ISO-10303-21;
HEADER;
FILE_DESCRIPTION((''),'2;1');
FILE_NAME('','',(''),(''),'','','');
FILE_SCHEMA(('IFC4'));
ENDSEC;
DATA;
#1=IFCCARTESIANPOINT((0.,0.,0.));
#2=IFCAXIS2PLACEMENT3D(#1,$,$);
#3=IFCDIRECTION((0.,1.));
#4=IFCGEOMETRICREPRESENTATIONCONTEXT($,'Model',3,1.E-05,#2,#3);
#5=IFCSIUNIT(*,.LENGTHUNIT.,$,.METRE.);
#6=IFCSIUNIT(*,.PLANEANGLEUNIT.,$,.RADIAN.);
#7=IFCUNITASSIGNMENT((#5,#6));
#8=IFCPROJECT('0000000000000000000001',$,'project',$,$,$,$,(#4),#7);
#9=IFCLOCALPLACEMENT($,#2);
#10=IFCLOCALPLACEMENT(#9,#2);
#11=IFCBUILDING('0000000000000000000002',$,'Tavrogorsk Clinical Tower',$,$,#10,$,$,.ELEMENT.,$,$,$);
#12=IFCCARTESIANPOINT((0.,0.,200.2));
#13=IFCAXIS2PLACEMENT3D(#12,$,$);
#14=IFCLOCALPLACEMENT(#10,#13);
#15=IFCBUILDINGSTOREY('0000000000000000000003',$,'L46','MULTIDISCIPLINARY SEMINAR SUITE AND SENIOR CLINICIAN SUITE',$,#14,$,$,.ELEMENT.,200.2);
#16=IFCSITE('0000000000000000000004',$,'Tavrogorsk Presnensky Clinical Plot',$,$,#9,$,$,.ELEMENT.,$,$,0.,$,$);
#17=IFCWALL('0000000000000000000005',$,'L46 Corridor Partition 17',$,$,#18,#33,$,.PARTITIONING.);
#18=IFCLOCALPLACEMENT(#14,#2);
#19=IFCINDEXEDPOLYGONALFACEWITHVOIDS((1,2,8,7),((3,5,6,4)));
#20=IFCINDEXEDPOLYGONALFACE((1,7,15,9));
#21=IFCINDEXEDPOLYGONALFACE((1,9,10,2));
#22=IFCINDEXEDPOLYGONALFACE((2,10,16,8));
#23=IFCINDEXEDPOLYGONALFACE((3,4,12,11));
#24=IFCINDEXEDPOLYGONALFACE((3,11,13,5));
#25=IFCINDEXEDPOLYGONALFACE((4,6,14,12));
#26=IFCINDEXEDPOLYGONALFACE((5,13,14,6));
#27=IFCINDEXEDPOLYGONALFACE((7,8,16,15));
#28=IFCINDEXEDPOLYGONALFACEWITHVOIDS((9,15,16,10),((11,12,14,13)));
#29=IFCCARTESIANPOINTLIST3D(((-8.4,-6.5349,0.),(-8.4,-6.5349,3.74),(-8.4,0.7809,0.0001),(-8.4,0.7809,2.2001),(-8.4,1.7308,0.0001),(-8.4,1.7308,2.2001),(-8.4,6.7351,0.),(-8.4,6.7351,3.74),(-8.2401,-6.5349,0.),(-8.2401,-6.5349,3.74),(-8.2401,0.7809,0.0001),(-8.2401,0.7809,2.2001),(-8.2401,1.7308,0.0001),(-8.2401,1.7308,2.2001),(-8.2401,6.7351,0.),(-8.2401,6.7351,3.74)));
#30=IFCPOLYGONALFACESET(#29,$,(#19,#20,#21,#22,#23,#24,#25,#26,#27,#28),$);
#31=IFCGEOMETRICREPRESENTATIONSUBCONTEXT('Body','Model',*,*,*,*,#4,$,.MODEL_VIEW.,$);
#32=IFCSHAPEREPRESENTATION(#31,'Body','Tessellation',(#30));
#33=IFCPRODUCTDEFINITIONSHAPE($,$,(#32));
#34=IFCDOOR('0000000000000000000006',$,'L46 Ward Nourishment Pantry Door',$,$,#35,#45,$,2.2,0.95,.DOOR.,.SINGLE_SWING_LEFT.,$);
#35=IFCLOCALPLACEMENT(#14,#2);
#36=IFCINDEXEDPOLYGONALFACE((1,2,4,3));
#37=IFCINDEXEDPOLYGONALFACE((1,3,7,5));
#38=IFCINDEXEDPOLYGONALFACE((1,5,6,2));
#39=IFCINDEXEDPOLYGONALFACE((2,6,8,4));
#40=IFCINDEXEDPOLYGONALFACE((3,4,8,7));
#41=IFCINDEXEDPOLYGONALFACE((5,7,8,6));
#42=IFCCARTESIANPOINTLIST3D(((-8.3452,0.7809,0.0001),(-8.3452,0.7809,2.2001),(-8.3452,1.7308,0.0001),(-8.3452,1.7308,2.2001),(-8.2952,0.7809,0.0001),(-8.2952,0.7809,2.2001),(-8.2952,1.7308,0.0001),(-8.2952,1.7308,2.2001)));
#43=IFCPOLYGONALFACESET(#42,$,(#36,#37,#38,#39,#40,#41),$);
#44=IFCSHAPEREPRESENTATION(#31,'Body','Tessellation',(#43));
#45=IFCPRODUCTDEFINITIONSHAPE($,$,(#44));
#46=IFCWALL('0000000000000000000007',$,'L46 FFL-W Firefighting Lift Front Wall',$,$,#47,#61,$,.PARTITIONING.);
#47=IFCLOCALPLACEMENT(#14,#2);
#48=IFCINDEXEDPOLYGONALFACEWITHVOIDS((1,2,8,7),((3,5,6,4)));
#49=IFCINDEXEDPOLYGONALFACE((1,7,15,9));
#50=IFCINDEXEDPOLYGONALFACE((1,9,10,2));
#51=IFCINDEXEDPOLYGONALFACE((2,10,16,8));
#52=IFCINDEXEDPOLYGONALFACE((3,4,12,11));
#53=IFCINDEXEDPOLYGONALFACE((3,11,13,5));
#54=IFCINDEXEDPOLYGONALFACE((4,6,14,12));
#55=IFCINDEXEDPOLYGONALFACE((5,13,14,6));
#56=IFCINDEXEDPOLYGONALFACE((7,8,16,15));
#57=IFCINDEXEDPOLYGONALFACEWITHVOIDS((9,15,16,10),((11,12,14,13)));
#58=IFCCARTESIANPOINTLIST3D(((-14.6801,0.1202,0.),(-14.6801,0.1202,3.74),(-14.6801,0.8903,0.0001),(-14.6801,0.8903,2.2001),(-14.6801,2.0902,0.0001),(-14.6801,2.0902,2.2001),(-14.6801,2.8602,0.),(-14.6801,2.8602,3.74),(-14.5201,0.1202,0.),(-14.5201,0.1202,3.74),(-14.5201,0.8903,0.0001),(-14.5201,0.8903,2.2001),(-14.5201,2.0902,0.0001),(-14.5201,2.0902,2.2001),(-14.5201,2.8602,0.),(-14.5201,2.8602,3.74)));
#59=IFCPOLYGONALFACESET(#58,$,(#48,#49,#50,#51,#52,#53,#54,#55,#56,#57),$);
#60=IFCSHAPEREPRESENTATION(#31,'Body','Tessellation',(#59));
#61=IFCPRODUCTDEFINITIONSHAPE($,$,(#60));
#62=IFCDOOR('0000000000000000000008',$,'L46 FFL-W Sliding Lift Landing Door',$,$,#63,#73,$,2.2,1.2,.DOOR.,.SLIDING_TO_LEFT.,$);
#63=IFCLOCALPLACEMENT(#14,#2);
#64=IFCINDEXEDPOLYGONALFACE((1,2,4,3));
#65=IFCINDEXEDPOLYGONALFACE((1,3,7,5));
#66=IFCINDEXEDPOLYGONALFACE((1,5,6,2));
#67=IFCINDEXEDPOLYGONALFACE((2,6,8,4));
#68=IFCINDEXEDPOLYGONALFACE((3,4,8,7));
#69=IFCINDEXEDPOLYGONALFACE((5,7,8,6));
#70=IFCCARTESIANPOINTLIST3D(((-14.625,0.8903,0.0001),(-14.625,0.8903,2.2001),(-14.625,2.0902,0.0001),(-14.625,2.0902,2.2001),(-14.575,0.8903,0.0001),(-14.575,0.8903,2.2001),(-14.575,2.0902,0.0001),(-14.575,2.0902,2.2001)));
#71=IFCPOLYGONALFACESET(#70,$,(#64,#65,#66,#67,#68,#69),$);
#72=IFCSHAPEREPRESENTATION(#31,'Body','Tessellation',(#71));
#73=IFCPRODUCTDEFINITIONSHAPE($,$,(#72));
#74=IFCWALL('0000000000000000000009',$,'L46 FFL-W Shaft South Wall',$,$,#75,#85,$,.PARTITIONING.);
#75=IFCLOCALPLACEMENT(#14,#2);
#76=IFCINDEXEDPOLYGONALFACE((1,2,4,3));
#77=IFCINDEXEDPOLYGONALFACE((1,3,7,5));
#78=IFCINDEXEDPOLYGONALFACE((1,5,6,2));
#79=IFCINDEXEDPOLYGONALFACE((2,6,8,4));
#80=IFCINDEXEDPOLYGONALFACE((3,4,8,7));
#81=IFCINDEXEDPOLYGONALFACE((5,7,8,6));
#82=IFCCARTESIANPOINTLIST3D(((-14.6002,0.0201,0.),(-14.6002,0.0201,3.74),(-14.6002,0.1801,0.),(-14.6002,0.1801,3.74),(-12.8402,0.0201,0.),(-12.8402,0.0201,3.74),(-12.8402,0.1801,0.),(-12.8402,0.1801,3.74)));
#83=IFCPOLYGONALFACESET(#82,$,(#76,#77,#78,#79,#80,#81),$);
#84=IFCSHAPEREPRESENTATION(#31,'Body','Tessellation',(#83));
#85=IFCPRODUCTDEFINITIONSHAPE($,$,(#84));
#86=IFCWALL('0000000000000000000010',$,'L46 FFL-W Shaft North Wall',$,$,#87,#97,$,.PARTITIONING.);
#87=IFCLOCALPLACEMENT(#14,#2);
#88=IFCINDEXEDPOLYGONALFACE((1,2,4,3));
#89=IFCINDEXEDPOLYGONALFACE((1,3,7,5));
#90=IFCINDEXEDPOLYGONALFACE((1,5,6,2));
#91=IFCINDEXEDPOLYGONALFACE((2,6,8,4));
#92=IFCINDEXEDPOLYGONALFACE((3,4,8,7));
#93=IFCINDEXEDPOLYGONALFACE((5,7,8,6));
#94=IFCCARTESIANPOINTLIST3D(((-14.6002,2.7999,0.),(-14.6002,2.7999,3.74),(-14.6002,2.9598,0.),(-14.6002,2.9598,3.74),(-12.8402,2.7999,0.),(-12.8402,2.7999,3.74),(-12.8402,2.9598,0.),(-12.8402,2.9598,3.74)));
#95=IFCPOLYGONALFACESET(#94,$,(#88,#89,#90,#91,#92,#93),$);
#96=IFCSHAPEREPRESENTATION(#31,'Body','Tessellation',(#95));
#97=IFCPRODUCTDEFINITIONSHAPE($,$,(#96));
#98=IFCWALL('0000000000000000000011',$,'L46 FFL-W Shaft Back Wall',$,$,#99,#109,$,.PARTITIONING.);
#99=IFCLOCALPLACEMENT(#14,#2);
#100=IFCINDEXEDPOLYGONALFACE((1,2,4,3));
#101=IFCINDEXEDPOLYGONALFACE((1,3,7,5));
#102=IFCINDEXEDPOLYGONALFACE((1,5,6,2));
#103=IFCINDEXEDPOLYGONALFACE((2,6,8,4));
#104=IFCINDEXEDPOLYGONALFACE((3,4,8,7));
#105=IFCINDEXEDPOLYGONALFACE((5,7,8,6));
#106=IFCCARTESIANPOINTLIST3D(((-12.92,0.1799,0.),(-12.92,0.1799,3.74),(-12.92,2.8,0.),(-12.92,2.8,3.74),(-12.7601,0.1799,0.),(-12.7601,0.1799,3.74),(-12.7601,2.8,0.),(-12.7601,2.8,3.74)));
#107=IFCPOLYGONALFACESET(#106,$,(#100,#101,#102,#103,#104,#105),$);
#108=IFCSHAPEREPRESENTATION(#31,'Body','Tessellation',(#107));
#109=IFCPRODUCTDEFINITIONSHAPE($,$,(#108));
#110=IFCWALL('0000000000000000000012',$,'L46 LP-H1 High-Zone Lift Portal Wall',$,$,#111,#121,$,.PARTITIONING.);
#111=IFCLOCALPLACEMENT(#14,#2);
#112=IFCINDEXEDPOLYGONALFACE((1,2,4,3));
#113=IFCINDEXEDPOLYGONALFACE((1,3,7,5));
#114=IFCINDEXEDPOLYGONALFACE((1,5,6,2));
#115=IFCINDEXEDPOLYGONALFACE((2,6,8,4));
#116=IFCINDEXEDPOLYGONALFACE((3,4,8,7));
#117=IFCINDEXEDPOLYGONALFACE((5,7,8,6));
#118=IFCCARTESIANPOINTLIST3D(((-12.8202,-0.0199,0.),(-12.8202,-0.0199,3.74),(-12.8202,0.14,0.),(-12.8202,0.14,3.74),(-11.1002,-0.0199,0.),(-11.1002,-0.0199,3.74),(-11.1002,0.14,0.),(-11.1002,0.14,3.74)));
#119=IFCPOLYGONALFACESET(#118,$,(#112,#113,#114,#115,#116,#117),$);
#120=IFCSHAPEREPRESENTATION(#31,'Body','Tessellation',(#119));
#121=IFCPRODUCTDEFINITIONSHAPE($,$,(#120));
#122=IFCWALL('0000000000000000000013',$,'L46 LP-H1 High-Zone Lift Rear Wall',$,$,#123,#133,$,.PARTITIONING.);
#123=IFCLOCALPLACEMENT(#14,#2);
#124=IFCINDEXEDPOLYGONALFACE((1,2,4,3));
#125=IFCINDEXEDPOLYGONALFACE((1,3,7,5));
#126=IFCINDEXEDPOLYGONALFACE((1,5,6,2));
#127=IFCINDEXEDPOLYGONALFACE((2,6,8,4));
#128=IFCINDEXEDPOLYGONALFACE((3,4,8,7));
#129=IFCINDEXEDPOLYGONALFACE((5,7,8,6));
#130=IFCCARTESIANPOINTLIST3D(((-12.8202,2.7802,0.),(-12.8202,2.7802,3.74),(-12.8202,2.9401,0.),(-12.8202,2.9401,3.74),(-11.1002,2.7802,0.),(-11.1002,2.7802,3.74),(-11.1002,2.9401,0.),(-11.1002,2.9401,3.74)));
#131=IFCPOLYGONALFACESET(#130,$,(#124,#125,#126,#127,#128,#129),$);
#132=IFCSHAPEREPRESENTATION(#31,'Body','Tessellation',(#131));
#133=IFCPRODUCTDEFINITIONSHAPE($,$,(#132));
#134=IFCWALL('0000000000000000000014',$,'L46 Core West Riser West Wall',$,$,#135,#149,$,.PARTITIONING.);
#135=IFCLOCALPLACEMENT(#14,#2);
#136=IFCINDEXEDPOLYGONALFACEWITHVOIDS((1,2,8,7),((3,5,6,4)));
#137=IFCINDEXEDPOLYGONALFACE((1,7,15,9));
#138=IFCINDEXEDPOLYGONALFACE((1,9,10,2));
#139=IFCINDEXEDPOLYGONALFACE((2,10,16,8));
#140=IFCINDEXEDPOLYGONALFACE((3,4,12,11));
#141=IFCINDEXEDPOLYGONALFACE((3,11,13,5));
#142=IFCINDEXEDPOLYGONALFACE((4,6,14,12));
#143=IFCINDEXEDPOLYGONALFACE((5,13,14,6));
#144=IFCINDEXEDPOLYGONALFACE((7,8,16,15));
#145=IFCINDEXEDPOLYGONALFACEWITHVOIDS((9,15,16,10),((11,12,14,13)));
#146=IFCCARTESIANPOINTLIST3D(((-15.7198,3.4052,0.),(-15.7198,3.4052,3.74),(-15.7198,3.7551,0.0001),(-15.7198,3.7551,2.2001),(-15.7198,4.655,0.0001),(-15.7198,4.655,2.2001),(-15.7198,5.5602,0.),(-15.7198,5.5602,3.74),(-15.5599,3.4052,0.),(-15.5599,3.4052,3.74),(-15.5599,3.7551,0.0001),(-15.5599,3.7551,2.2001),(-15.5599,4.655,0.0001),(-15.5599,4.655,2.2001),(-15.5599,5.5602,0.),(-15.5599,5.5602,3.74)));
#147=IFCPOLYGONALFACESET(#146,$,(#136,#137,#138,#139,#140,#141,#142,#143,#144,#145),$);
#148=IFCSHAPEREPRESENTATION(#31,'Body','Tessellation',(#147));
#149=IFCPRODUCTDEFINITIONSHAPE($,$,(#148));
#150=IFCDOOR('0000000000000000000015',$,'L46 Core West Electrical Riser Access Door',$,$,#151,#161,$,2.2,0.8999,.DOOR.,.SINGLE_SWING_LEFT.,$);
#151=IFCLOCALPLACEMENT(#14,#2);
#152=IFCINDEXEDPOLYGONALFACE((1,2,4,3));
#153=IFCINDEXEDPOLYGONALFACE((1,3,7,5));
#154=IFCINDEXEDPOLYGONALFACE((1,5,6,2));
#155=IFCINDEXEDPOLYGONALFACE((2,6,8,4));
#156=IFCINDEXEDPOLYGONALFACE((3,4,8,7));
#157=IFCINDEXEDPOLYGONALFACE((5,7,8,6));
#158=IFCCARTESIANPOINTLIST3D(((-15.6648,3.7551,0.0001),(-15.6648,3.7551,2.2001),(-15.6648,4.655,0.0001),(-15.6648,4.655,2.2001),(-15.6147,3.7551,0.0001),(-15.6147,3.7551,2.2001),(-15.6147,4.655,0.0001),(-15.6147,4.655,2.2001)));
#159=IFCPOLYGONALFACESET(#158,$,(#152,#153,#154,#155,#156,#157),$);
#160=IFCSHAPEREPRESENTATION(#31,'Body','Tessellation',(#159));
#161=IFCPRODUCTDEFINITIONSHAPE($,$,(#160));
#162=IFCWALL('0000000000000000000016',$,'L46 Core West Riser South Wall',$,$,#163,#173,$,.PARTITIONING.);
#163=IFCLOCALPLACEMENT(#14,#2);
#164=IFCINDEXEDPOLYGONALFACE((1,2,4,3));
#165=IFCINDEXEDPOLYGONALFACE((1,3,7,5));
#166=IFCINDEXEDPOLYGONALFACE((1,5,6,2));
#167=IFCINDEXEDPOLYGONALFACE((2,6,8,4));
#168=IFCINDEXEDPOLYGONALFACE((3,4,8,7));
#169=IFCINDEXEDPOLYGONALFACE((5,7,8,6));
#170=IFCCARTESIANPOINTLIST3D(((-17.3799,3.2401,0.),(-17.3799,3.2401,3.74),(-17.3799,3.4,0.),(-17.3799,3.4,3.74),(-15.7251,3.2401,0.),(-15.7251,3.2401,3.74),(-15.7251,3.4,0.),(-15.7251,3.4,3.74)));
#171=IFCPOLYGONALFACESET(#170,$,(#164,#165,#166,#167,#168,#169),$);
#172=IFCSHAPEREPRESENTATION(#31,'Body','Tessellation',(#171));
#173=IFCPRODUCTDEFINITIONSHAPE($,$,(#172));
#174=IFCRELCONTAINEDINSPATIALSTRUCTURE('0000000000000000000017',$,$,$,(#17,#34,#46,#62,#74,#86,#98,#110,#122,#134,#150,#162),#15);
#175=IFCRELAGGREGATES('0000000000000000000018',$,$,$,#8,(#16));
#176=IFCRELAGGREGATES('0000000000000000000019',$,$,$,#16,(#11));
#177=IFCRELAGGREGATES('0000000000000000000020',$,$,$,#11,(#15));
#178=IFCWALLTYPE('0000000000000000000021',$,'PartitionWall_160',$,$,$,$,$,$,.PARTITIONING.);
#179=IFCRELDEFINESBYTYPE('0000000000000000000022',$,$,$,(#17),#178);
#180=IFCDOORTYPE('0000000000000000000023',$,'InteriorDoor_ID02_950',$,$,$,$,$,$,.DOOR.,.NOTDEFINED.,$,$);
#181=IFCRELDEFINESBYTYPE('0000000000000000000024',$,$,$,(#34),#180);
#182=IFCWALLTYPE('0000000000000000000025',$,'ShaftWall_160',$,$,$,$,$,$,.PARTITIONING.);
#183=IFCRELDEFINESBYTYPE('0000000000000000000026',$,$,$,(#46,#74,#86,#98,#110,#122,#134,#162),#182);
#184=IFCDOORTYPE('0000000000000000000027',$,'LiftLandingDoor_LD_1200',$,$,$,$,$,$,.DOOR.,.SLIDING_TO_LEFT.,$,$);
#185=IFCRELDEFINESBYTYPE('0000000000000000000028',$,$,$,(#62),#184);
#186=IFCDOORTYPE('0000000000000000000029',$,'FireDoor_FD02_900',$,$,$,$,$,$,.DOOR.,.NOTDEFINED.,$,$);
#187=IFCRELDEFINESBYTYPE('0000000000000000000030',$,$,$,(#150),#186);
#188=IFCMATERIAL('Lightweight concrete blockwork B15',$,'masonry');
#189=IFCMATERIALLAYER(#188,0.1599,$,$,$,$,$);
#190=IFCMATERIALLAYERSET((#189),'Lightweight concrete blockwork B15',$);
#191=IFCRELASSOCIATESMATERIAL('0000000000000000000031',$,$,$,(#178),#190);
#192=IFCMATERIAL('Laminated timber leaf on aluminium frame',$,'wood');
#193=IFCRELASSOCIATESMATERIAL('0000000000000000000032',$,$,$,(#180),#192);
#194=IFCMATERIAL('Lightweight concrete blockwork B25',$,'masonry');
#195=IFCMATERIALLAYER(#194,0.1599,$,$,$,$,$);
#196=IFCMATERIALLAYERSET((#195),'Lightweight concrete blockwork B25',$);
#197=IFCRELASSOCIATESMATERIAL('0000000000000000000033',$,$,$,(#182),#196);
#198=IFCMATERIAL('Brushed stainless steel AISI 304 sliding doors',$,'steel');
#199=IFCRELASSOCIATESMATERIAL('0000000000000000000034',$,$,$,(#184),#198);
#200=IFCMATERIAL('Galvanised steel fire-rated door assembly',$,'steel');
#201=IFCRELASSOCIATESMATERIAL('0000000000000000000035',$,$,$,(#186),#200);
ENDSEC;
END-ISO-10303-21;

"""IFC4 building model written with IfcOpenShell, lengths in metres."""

from ifc_helpers import new_model, si_unit, direction, frame, frame_2d, origin, place, context, subcontext, project, spatial, rectangle, extrude, material, layer, layer_set, type_object, element, fill, save


model = new_model("IFC4")

# Units and contexts
model_context = context("Model", 3, precision=1e-05, world=origin(), true_north=direction((0.0, 1.0)))
body_context = subcontext(model_context, "Body", "Model", "MODEL_VIEW")
ifc_project = project(units=[si_unit("LENGTHUNIT", "METRE"), si_unit("PLANEANGLEUNIT", "RADIAN")], contexts=[model_context])

# Site, building, storey
site_placement = place(None, origin())
site = spatial("IfcSite", under=ifc_project, at=site_placement, Name="Tavrogorsk Presnensky Clinical Plot", CompositionType="ELEMENT", RefElevation=0.0)
building_placement = place(site_placement, origin())
building = spatial("IfcBuilding", under=site, at=building_placement, Name="Tavrogorsk Clinical Tower", CompositionType="ELEMENT")
storey_placement = place(building_placement, frame((0.0, 0.0, 200.2)))
storey = spatial("IfcBuildingStorey", under=building, at=storey_placement, Name="L46", Description="MULTIDISCIPLINARY SEMINAR SUITE AND SENIOR CLINICIAN SUITE", CompositionType="ELEMENT", Elevation=200.2)

# Shared definitions
ifc_material_1 = material(Name="Lightweight concrete blockwork B15", Category="masonry")
ifc_layer_1 = layer(ifc_material_1, 0.1599)
ifc_layer_set_1 = layer_set([ifc_layer_1], Name="Lightweight concrete blockwork B15")
wall_type_1 = type_object("IfcWallType", Name="PartitionWall_160", PredefinedType="PARTITIONING", material=ifc_layer_set_1)
ifc_material_2 = material(Name="Laminated timber leaf on aluminium frame", Category="wood")
door_type_1 = type_object("IfcDoorType", Name="InteriorDoor_ID02_950", OperationType="NOTDEFINED", PredefinedType="DOOR", material=ifc_material_2)

# Walls, openings, doors
wall_1_placement = place(storey_placement, frame((-8.3201, 6.7351, 0.0), z_axis=(0.0, 0.0, 1.0), x_axis=(0.0, -1.0, 0.0)))
wall_1 = element("IfcWall", 1, at=wall_1_placement, inside=storey, type_object=wall_type_1, Name="L46 Corridor Partition 17", PredefinedType="PARTITIONING", context=body_context, shape_type="SweptSolid", body=[
    extrude(rectangle(XDim=13.27, YDim=0.1599, at=frame_2d((6.635, 0.0))), origin(), (0.0, 0.0, 1.0), 3.74),
])
opening_1_placement = place(wall_1_placement, frame((5.0042, 0.0, 0.0)))
opening_1 = element("IfcOpeningElement", 2, at=opening_1_placement, cuts=wall_1, PredefinedType="OPENING", context=body_context, shape_type="SweptSolid", body=[
    extrude(rectangle(XDim=0.95, YDim=2.2, at=frame_2d((0.4751, 1.1001))), frame((0.0, 0.0898, 0.0), z_axis=(0.0, -1.0, 0.0), x_axis=(1.0, 0.0, 0.0)), (0.0, 0.0, 1.0), 0.1799),
])
door_1_placement = place(opening_1_placement, origin())
door_1 = element("IfcDoor", 3, at=door_1_placement, inside=storey, type_object=door_type_1, Name="L46 Ward Nourishment Pantry Door", OperationType="SINGLE_SWING_LEFT", OverallHeight=2.2, OverallWidth=0.95, PredefinedType="DOOR", context=body_context, shape_type="SweptSolid", body=[
    extrude(rectangle(XDim=0.95, YDim=2.2, at=frame_2d((0.4751, 1.1001))), frame((0.0, 0.0249, 0.0), z_axis=(0.0, -1.0, 0.0), x_axis=(1.0, 0.0, 0.0)), (0.0, 0.0, 1.0), 0.05),
])
fill(opening_1, door_1)
ifc_material_3 = material(Name="Lightweight concrete blockwork B25", Category="masonry")
ifc_layer_2 = layer(ifc_material_3, 0.1599)
ifc_layer_set_2 = layer_set([ifc_layer_2], Name="Lightweight concrete blockwork B25")
wall_type_2 = type_object("IfcWallType", Name="ShaftWall_160", PredefinedType="PARTITIONING", material=ifc_layer_set_2)
wall_2_placement = place(storey_placement, frame((-14.6001, 0.1201, 0.0), z_axis=(0.0, 0.0, 1.0), x_axis=(0.0, 1.0, 0.0)))
wall_2 = element("IfcWall", 4, at=wall_2_placement, inside=storey, type_object=wall_type_2, Name="L46 FFL-W Firefighting Lift Front Wall", PredefinedType="PARTITIONING", context=body_context, shape_type="SweptSolid", body=[
    extrude(rectangle(XDim=2.74, YDim=0.1599, at=frame_2d((1.3701, 0.0))), origin(), (0.0, 0.0, 1.0), 3.74),
])
opening_2_placement = place(wall_2_placement, frame((0.77, 0.0, 0.0)))
opening_2 = element("IfcOpeningElement", 5, at=opening_2_placement, cuts=wall_2, PredefinedType="OPENING", context=body_context, shape_type="SweptSolid", body=[
    extrude(rectangle(XDim=1.2, YDim=2.2, at=frame_2d((0.6001, 1.1001))), frame((0.0, 0.0898, 0.0), z_axis=(0.0, -1.0, 0.0), x_axis=(1.0, 0.0, 0.0)), (0.0, 0.0, 1.0), 0.1799),
])
ifc_material_4 = material(Name="Brushed stainless steel AISI 304 sliding doors", Category="steel")
door_type_2 = type_object("IfcDoorType", Name="LiftLandingDoor_LD_1200", OperationType="SLIDING_TO_LEFT", PredefinedType="DOOR", material=ifc_material_4)
door_2_placement = place(opening_2_placement, origin())
door_2 = element("IfcDoor", 6, at=door_2_placement, inside=storey, type_object=door_type_2, Name="L46 FFL-W Sliding Lift Landing Door", OperationType="SLIDING_TO_LEFT", OverallHeight=2.2, OverallWidth=1.2, PredefinedType="DOOR", context=body_context, shape_type="SweptSolid", body=[
    extrude(rectangle(XDim=1.2, YDim=2.2, at=frame_2d((0.6001, 1.1001))), frame((0.0, 0.0249, 0.0), z_axis=(0.0, -1.0, 0.0), x_axis=(1.0, 0.0, 0.0)), (0.0, 0.0, 1.0), 0.05),
])
fill(opening_2, door_2)

# Walls
for number, where, z_axis, x_axis, name in (
    (7, (-14.6001, 0.1001, 0.0), (0.0, 0.0, 1.0), (1.0, 0.0, 0.0), "L46 FFL-W Shaft South Wall"),
    (8, (-14.6001, 2.8799, 0.0), (0.0, 0.0, 1.0), (1.0, 0.0, 0.0), "L46 FFL-W Shaft North Wall"),
):
    element("IfcWall", number, at=place(storey_placement, frame(where, z_axis=z_axis, x_axis=x_axis)), inside=storey, type_object=wall_type_2, Name=name, PredefinedType="PARTITIONING", context=body_context, shape_type="SweptSolid", body=[
        extrude(rectangle(XDim=1.76, YDim=0.1599, at=frame_2d((0.8799, 0.0))), origin(), (0.0, 0.0, 1.0), 3.74),
    ])
wall_3_placement = place(storey_placement, frame((-12.8401, 0.1799, 0.0), z_axis=(0.0, 0.0, 1.0), x_axis=(0.0, 1.0, 0.0)))
element("IfcWall", 9, at=wall_3_placement, inside=storey, type_object=wall_type_2, Name="L46 FFL-W Shaft Back Wall", PredefinedType="PARTITIONING", context=body_context, shape_type="SweptSolid", body=[
    extrude(rectangle(XDim=2.6201, YDim=0.1599, at=frame_2d((1.3101, 0.0))), origin(), (0.0, 0.0, 1.0), 3.74),
])
for number, where, z_axis, x_axis, name in (
    (10, (-12.8201, 0.0601, 0.0), (0.0, 0.0, 1.0), (1.0, 0.0, 0.0), "L46 LP-H1 High-Zone Lift Portal Wall"),
    (11, (-12.8201, 2.8601, 0.0), (0.0, 0.0, 1.0), (1.0, 0.0, 0.0), "L46 LP-H1 High-Zone Lift Rear Wall"),
):
    element("IfcWall", number, at=place(storey_placement, frame(where, z_axis=z_axis, x_axis=x_axis)), inside=storey, type_object=wall_type_2, Name=name, PredefinedType="PARTITIONING", context=body_context, shape_type="SweptSolid", body=[
        extrude(rectangle(XDim=1.72, YDim=0.1599, at=frame_2d((0.8599, 0.0))), origin(), (0.0, 0.0, 1.0), 3.74),
    ])

# Wall, opening, door
wall_4_placement = place(storey_placement, frame((-15.6399, 3.405, 0.0), z_axis=(0.0, 0.0, 1.0), x_axis=(0.0, 1.0, 0.0)))
wall_4 = element("IfcWall", 12, at=wall_4_placement, inside=storey, type_object=wall_type_2, Name="L46 Core West Riser West Wall", PredefinedType="PARTITIONING", context=body_context, shape_type="SweptSolid", body=[
    extrude(rectangle(XDim=2.155, YDim=0.1599, at=frame_2d((1.0776, 0.0))), origin(), (0.0, 0.0, 1.0), 3.74),
])
opening_3_placement = place(wall_4_placement, frame((0.3501, 0.0, 0.0)))
opening_3 = element("IfcOpeningElement", 13, at=opening_3_placement, cuts=wall_4, PredefinedType="OPENING", context=body_context, shape_type="SweptSolid", body=[
    extrude(rectangle(XDim=0.8999, YDim=2.2, at=frame_2d((0.45, 1.1001))), frame((0.0, 0.0898, 0.0), z_axis=(0.0, -1.0, 0.0), x_axis=(1.0, 0.0, 0.0)), (0.0, 0.0, 1.0), 0.1799),
])
ifc_material_5 = material(Name="Galvanised steel fire-rated door assembly", Category="steel")
door_type_3 = type_object("IfcDoorType", Name="FireDoor_FD02_900", OperationType="NOTDEFINED", PredefinedType="DOOR", material=ifc_material_5)
door_3_placement = place(opening_3_placement, origin())
door_3 = element("IfcDoor", 14, at=door_3_placement, inside=storey, type_object=door_type_3, Name="L46 Core West Electrical Riser Access Door", OperationType="SINGLE_SWING_LEFT", OverallHeight=2.2, OverallWidth=0.8999, PredefinedType="DOOR", context=body_context, shape_type="SweptSolid", body=[
    extrude(rectangle(XDim=0.8999, YDim=2.2, at=frame_2d((0.45, 1.1001))), frame((0.0, 0.0249, 0.0), z_axis=(0.0, -1.0, 0.0), x_axis=(1.0, 0.0, 0.0)), (0.0, 0.0, 1.0), 0.05),
])
fill(opening_3, door_3)

# Wall
wall_5_placement = place(storey_placement, frame((-17.3799, 3.3201, 0.0), z_axis=(0.0, 0.0, 1.0), x_axis=(1.0, 0.0, 0.0)))
element("IfcWall", 15, at=wall_5_placement, inside=storey, type_object=wall_type_2, Name="L46 Core West Riser South Wall", PredefinedType="PARTITIONING", context=body_context, shape_type="SweptSolid", body=[
    extrude(rectangle(XDim=1.6548, YDim=0.1599, at=frame_2d((0.8274, 0.0))), origin(), (0.0, 0.0, 1.0), 3.74),
])

save(model, "model.ifc")
